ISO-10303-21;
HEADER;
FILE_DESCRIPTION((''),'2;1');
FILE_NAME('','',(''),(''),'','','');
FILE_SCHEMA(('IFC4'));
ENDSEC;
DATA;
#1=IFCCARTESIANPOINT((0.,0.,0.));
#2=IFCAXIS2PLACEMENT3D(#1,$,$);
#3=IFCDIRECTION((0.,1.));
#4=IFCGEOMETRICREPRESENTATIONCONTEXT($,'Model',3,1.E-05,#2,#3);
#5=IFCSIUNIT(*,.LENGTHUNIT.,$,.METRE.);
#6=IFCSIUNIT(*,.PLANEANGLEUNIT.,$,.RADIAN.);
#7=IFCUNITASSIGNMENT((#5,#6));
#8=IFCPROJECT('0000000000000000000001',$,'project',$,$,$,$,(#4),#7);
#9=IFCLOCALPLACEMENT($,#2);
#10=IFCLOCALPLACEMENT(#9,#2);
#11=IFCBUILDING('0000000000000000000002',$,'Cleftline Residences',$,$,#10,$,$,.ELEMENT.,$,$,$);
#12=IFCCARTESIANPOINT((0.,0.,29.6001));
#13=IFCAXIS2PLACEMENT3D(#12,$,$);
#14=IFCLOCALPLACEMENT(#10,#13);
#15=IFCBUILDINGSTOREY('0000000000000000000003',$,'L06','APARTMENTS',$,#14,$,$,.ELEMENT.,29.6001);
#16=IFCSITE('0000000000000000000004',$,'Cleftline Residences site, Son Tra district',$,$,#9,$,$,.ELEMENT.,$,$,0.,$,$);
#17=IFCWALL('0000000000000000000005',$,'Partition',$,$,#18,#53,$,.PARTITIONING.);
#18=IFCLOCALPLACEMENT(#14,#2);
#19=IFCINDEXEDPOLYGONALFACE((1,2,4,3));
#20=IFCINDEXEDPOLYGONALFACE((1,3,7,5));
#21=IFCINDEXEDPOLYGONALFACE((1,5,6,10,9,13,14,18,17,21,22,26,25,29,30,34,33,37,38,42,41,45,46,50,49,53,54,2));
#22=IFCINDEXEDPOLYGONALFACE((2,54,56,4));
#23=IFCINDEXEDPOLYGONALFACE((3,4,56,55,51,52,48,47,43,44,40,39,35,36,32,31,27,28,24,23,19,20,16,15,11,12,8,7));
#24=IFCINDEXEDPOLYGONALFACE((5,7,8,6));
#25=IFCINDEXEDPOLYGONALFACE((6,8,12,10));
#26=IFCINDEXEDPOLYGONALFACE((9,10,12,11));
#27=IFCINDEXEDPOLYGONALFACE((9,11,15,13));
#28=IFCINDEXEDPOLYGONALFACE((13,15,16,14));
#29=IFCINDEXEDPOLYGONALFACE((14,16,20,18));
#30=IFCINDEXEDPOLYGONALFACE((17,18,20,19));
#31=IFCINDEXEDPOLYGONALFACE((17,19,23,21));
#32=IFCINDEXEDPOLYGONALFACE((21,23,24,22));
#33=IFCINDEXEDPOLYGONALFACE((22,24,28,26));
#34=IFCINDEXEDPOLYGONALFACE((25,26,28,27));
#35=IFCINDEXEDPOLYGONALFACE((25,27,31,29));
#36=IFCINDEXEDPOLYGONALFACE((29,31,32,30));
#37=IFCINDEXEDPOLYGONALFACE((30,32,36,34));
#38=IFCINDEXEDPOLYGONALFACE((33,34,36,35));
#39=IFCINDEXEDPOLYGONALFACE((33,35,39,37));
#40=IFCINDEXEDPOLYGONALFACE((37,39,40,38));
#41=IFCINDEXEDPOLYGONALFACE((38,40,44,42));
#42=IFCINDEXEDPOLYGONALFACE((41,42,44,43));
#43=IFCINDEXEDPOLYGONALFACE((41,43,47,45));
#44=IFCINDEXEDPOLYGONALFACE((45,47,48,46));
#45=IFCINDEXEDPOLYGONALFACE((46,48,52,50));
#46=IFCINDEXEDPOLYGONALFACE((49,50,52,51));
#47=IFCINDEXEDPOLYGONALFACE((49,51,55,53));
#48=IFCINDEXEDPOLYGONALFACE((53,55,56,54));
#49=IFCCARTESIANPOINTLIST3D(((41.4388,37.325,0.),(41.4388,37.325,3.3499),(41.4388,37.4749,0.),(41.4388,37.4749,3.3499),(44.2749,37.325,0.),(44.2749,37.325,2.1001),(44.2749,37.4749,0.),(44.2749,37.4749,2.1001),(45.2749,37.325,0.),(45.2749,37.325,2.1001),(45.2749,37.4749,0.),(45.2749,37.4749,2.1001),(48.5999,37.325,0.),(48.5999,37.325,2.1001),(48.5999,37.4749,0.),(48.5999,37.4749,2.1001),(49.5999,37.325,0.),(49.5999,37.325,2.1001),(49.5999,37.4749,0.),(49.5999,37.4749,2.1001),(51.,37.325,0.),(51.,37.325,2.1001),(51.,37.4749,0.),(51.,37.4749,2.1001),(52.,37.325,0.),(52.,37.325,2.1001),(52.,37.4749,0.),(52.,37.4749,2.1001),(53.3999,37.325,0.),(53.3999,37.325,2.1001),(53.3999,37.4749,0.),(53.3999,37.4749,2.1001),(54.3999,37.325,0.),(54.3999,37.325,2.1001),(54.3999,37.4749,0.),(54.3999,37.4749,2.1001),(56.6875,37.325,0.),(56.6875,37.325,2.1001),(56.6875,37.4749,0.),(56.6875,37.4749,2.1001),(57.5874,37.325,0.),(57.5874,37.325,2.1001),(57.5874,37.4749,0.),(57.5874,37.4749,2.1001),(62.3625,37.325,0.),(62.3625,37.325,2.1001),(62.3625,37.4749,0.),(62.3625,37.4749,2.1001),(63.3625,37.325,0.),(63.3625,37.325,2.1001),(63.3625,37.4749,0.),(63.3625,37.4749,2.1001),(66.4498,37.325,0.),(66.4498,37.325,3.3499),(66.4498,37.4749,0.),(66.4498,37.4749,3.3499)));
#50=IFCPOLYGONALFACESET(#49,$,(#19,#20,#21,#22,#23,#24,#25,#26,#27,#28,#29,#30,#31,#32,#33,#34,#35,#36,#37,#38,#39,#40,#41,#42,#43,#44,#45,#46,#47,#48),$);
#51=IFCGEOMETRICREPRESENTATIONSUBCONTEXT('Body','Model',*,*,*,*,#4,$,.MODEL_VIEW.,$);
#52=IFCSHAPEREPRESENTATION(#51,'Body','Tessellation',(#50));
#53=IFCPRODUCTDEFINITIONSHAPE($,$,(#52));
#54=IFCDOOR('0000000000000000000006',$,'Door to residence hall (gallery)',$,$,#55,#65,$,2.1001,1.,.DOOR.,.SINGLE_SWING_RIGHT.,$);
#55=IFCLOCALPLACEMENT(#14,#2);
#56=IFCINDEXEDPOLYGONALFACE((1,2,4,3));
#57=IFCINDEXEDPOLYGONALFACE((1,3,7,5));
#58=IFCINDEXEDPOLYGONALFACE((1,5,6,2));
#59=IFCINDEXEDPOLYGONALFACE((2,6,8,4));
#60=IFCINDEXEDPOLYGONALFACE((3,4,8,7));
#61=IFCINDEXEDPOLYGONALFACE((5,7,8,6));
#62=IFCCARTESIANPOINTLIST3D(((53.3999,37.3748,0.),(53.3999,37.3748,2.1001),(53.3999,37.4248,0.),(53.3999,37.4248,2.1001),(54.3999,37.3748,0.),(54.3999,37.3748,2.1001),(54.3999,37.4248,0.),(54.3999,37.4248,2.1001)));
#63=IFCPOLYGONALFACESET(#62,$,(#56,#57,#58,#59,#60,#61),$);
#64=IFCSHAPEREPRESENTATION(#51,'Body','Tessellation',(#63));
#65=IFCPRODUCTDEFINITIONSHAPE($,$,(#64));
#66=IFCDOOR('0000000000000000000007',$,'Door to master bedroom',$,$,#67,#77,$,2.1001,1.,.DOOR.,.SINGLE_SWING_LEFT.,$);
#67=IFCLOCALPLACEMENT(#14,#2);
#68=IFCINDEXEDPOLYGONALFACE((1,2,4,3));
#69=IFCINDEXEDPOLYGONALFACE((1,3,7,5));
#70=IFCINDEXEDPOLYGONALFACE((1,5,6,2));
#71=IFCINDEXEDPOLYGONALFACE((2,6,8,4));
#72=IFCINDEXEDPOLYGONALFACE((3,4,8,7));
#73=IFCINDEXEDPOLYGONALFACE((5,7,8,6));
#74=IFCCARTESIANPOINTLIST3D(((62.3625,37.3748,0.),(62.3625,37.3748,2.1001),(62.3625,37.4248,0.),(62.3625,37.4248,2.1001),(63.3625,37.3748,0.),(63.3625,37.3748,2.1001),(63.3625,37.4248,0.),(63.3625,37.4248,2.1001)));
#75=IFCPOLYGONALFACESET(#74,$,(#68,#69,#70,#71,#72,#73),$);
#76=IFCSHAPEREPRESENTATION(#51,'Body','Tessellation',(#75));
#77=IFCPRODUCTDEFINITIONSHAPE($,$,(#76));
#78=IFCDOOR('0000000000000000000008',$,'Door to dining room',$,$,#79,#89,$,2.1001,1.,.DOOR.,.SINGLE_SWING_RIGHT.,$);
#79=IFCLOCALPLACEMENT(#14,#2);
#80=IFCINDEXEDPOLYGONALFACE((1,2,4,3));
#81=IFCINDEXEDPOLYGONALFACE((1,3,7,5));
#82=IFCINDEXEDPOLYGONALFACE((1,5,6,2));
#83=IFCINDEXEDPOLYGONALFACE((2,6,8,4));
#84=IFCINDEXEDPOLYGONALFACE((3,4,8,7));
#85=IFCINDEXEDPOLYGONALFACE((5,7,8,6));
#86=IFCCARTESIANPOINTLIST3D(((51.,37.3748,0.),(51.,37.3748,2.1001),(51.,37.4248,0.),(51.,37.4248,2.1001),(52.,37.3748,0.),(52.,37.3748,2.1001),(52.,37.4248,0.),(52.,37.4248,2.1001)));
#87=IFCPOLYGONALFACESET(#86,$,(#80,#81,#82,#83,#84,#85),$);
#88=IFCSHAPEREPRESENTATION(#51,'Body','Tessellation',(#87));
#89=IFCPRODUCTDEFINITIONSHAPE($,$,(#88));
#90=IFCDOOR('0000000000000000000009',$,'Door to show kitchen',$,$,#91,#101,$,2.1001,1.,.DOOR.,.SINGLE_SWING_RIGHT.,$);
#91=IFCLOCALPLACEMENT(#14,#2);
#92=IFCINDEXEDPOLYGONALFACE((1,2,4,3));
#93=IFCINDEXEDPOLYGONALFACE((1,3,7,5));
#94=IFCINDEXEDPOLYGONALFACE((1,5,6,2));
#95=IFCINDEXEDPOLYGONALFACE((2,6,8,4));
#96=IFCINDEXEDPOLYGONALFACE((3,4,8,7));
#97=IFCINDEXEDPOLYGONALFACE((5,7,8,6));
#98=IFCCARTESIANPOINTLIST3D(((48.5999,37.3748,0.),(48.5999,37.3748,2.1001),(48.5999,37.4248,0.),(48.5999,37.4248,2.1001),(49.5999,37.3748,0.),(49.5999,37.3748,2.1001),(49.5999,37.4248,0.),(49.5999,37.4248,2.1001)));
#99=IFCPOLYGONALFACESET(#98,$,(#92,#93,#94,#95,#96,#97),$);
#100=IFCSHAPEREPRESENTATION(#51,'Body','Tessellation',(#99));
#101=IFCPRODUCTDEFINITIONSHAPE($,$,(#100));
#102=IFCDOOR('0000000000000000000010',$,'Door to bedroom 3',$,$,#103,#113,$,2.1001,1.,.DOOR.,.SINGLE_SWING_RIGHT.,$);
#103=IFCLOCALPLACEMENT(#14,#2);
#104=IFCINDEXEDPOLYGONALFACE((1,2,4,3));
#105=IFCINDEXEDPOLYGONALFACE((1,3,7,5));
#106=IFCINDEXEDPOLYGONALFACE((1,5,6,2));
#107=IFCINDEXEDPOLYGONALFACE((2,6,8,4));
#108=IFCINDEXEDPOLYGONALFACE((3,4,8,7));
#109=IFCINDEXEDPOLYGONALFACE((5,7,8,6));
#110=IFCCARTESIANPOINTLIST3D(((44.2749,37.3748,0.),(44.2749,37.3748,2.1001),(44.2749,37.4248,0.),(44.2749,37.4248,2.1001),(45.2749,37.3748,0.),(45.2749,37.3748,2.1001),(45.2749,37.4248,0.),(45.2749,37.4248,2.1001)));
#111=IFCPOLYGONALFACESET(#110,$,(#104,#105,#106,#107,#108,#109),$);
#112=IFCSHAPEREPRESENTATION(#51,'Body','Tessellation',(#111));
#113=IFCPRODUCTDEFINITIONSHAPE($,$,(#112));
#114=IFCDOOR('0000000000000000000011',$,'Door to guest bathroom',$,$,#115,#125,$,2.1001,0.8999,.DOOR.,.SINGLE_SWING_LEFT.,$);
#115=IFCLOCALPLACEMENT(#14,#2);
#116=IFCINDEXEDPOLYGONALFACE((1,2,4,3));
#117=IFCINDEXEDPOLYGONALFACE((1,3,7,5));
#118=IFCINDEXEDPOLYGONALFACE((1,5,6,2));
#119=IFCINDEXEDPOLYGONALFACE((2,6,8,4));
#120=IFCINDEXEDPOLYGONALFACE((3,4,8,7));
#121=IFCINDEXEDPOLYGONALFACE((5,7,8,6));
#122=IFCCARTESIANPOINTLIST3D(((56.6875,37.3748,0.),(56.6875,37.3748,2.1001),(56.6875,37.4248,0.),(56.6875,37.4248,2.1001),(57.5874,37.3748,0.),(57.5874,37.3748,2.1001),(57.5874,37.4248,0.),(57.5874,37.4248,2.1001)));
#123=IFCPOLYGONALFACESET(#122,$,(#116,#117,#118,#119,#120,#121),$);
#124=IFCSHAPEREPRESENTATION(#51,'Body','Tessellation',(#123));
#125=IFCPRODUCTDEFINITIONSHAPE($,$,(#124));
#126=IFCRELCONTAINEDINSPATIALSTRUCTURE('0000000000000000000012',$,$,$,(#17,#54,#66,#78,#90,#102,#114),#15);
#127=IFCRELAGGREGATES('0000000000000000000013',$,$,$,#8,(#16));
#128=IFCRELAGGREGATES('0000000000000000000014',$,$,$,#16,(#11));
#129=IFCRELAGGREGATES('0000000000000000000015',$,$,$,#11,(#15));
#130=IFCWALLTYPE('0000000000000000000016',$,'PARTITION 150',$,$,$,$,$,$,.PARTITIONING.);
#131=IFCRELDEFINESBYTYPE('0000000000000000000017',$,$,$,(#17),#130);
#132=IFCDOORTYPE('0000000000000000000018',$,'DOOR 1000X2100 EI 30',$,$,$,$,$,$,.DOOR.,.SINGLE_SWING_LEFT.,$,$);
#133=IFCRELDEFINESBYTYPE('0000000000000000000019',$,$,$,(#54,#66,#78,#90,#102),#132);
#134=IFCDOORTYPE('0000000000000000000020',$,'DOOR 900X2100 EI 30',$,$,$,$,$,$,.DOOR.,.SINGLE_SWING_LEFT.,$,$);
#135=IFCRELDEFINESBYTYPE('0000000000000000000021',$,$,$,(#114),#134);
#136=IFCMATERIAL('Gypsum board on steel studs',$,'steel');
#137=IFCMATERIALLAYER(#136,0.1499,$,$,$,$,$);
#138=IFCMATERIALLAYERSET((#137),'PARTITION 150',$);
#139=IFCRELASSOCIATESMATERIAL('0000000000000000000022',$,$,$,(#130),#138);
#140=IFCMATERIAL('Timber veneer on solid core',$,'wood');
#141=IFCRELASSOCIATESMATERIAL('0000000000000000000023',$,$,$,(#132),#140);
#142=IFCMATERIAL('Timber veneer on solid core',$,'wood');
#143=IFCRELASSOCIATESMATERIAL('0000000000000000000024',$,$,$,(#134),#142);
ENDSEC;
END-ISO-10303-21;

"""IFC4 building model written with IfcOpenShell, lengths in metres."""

from ifc_helpers import new_model, si_unit, direction, frame, frame_2d, origin, place, context, subcontext, project, spatial, rectangle, extrude, material, layer, layer_set, type_object, element, fill, save


model = new_model("IFC4")

# Units and contexts
model_context = context("Model", 3, precision=1e-05, world=origin(), true_north=direction((0.0, 1.0)))
body_context = subcontext(model_context, "Body", "Model", "MODEL_VIEW")
ifc_project = project(units=[si_unit("LENGTHUNIT", "METRE"), si_unit("PLANEANGLEUNIT", "RADIAN")], contexts=[model_context])

# Site, building, storey
site_placement = place(None, origin())
site = spatial("IfcSite", under=ifc_project, at=site_placement, Name="Cleftline Residences site, Son Tra district", CompositionType="ELEMENT", RefElevation=0.0)
building_placement = place(site_placement, origin())
building = spatial("IfcBuilding", under=site, at=building_placement, Name="Cleftline Residences", CompositionType="ELEMENT")
storey_placement = place(building_placement, frame((0.0, 0.0, 29.6001)))
storey = spatial("IfcBuildingStorey", under=building, at=storey_placement, Name="L06", Description="APARTMENTS", CompositionType="ELEMENT", Elevation=29.6001)

# Shared definitions
ifc_material_1 = material(Name="Gypsum board on steel studs", Category="steel")
ifc_layer_1 = layer(ifc_material_1, 0.1499)
ifc_layer_set_1 = layer_set([ifc_layer_1], Name="PARTITION 150")
wall_type = type_object("IfcWallType", Name="PARTITION 150", PredefinedType="PARTITIONING", material=ifc_layer_set_1)

# Wall, openings, doors
wall_1_placement = place(storey_placement, frame((41.439, 37.3999, 0.0), z_axis=(0.0, 0.0, 1.0), x_axis=(1.0, 0.0, 0.0)))
wall_1 = element("IfcWall", 1, at=wall_1_placement, inside=storey, type_object=wall_type, Name="Partition", PredefinedType="PARTITIONING", context=body_context, shape_type="SweptSolid", body=[
    extrude(rectangle(XDim=25.011, YDim=0.1499, at=frame_2d((12.5054, 0.0))), origin(), (0.0, 0.0, 1.0), 3.3499),
])
opening_1_placement = place(wall_1_placement, frame((11.9609, 0.0, 0.0)))
opening_1 = element("IfcOpeningElement", 2, at=opening_1_placement, cuts=wall_1, PredefinedType="OPENING", context=body_context, shape_type="SweptSolid", body=[
    extrude(rectangle(XDim=1.0, YDim=2.1001, at=frame_2d((0.5, 1.05))), frame((0.0, 0.085, 0.0), z_axis=(0.0, -1.0, 0.0), x_axis=(1.0, 0.0, 0.0)), (0.0, 0.0, 1.0), 0.1699),
])
opening_2_placement = place(wall_1_placement, frame((20.9236, 0.0, 0.0)))
opening_2 = element("IfcOpeningElement", 3, at=opening_2_placement, cuts=wall_1, PredefinedType="OPENING", context=body_context, shape_type="SweptSolid", body=[
    extrude(rectangle(XDim=1.0, YDim=2.1001, at=frame_2d((0.5, 1.05))), frame((0.0, 0.085, 0.0), z_axis=(0.0, -1.0, 0.0), x_axis=(1.0, 0.0, 0.0)), (0.0, 0.0, 1.0), 0.1699),
])
opening_3_placement = place(wall_1_placement, frame((15.2485, 0.0, 0.0)))
opening_3 = element("IfcOpeningElement", 4, at=opening_3_placement, cuts=wall_1, PredefinedType="OPENING", context=body_context, shape_type="SweptSolid", body=[
    extrude(rectangle(XDim=0.8999, YDim=2.1001, at=frame_2d((0.45, 1.05))), frame((0.0, 0.085, 0.0), z_axis=(0.0, -1.0, 0.0), x_axis=(1.0, 0.0, 0.0)), (0.0, 0.0, 1.0), 0.1699),
])
opening_4_placement = place(wall_1_placement, frame((9.561, 0.0, 0.0)))
opening_4 = element("IfcOpeningElement", 5, at=opening_4_placement, cuts=wall_1, PredefinedType="OPENING", context=body_context, shape_type="SweptSolid", body=[
    extrude(rectangle(XDim=1.0, YDim=2.1001, at=frame_2d((0.5, 1.05))), frame((0.0, 0.085, 0.0), z_axis=(0.0, -1.0, 0.0), x_axis=(1.0, 0.0, 0.0)), (0.0, 0.0, 1.0), 0.1699),
])
opening_5_placement = place(wall_1_placement, frame((7.1609, 0.0, 0.0)))
opening_5 = element("IfcOpeningElement", 6, at=opening_5_placement, cuts=wall_1, PredefinedType="OPENING", context=body_context, shape_type="SweptSolid", body=[
    extrude(rectangle(XDim=1.0, YDim=2.1001, at=frame_2d((0.5, 1.05))), frame((0.0, 0.085, 0.0), z_axis=(0.0, -1.0, 0.0), x_axis=(1.0, 0.0, 0.0)), (0.0, 0.0, 1.0), 0.1699),
])
opening_6_placement = place(wall_1_placement, frame((2.8359, 0.0, 0.0)))
opening_6 = element("IfcOpeningElement", 7, at=opening_6_placement, cuts=wall_1, PredefinedType="OPENING", context=body_context, shape_type="SweptSolid", body=[
    extrude(rectangle(XDim=1.0, YDim=2.1001, at=frame_2d((0.5, 1.05))), frame((0.0, 0.085, 0.0), z_axis=(0.0, -1.0, 0.0), x_axis=(1.0, 0.0, 0.0)), (0.0, 0.0, 1.0), 0.1699),
])
ifc_material_2 = material(Name="Timber veneer on solid core", Category="wood")
door_type_1 = type_object("IfcDoorType", Name="DOOR 1000X2100 EI 30", OperationType="SINGLE_SWING_LEFT", PredefinedType="DOOR", material=ifc_material_2)
door_1_placement = place(opening_1_placement, origin())
door_1 = element("IfcDoor", 8, at=door_1_placement, inside=storey, type_object=door_type_1, Name="Door to residence hall (gallery)", OperationType="SINGLE_SWING_RIGHT", OverallHeight=2.1001, OverallWidth=1.0, PredefinedType="DOOR", context=body_context, shape_type="SweptSolid", body=[
    extrude(rectangle(XDim=1.0, YDim=2.1001, at=frame_2d((0.5, 1.05))), frame((0.0, 0.0249, 0.0), z_axis=(0.0, -1.0, 0.0), x_axis=(1.0, 0.0, 0.0)), (0.0, 0.0, 1.0), 0.05),
])
fill(opening_1, door_1)
door_2_placement = place(opening_2_placement, origin())
door_2 = element("IfcDoor", 9, at=door_2_placement, inside=storey, type_object=door_type_1, Name="Door to master bedroom", OperationType="SINGLE_SWING_LEFT", OverallHeight=2.1001, OverallWidth=1.0, PredefinedType="DOOR", context=body_context, shape_type="SweptSolid", body=[
    extrude(rectangle(XDim=1.0, YDim=2.1001, at=frame_2d((0.5, 1.05))), frame((0.0, 0.0249, 0.0), z_axis=(0.0, -1.0, 0.0), x_axis=(1.0, 0.0, 0.0)), (0.0, 0.0, 1.0), 0.05),
])
fill(opening_2, door_2)
door_3_placement = place(opening_4_placement, origin())
door_3 = element("IfcDoor", 10, at=door_3_placement, inside=storey, type_object=door_type_1, Name="Door to dining room", OperationType="SINGLE_SWING_RIGHT", OverallHeight=2.1001, OverallWidth=1.0, PredefinedType="DOOR", context=body_context, shape_type="SweptSolid", body=[
    extrude(rectangle(XDim=1.0, YDim=2.1001, at=frame_2d((0.5, 1.05))), frame((0.0, 0.0249, 0.0), z_axis=(0.0, -1.0, 0.0), x_axis=(1.0, 0.0, 0.0)), (0.0, 0.0, 1.0), 0.05),
])
fill(opening_4, door_3)
door_4_placement = place(opening_5_placement, origin())
door_4 = element("IfcDoor", 11, at=door_4_placement, inside=storey, type_object=door_type_1, Name="Door to show kitchen", OperationType="SINGLE_SWING_RIGHT", OverallHeight=2.1001, OverallWidth=1.0, PredefinedType="DOOR", context=body_context, shape_type="SweptSolid", body=[
    extrude(rectangle(XDim=1.0, YDim=2.1001, at=frame_2d((0.5, 1.05))), frame((0.0, 0.0249, 0.0), z_axis=(0.0, -1.0, 0.0), x_axis=(1.0, 0.0, 0.0)), (0.0, 0.0, 1.0), 0.05),
])
fill(opening_5, door_4)
door_5_placement = place(opening_6_placement, origin())
door_5 = element("IfcDoor", 12, at=door_5_placement, inside=storey, type_object=door_type_1, Name="Door to bedroom 3", OperationType="SINGLE_SWING_RIGHT", OverallHeight=2.1001, OverallWidth=1.0, PredefinedType="DOOR", context=body_context, shape_type="SweptSolid", body=[
    extrude(rectangle(XDim=1.0, YDim=2.1001, at=frame_2d((0.5, 1.05))), frame((0.0, 0.0249, 0.0), z_axis=(0.0, -1.0, 0.0), x_axis=(1.0, 0.0, 0.0)), (0.0, 0.0, 1.0), 0.05),
])
fill(opening_6, door_5)
ifc_material_3 = material(Name="Timber veneer on solid core", Category="wood")
door_type_2 = type_object("IfcDoorType", Name="DOOR 900X2100 EI 30", OperationType="SINGLE_SWING_LEFT", PredefinedType="DOOR", material=ifc_material_3)
door_6_placement = place(opening_3_placement, origin())
door_6 = element("IfcDoor", 13, at=door_6_placement, inside=storey, type_object=door_type_2, Name="Door to guest bathroom", OperationType="SINGLE_SWING_LEFT", OverallHeight=2.1001, OverallWidth=0.8999, PredefinedType="DOOR", context=body_context, shape_type="SweptSolid", body=[
    extrude(rectangle(XDim=0.8999, YDim=2.1001, at=frame_2d((0.45, 1.05))), frame((0.0, 0.0249, 0.0), z_axis=(0.0, -1.0, 0.0), x_axis=(1.0, 0.0, 0.0)), (0.0, 0.0, 1.0), 0.05),
])
fill(opening_3, door_6)

save(model, "model.ifc")
